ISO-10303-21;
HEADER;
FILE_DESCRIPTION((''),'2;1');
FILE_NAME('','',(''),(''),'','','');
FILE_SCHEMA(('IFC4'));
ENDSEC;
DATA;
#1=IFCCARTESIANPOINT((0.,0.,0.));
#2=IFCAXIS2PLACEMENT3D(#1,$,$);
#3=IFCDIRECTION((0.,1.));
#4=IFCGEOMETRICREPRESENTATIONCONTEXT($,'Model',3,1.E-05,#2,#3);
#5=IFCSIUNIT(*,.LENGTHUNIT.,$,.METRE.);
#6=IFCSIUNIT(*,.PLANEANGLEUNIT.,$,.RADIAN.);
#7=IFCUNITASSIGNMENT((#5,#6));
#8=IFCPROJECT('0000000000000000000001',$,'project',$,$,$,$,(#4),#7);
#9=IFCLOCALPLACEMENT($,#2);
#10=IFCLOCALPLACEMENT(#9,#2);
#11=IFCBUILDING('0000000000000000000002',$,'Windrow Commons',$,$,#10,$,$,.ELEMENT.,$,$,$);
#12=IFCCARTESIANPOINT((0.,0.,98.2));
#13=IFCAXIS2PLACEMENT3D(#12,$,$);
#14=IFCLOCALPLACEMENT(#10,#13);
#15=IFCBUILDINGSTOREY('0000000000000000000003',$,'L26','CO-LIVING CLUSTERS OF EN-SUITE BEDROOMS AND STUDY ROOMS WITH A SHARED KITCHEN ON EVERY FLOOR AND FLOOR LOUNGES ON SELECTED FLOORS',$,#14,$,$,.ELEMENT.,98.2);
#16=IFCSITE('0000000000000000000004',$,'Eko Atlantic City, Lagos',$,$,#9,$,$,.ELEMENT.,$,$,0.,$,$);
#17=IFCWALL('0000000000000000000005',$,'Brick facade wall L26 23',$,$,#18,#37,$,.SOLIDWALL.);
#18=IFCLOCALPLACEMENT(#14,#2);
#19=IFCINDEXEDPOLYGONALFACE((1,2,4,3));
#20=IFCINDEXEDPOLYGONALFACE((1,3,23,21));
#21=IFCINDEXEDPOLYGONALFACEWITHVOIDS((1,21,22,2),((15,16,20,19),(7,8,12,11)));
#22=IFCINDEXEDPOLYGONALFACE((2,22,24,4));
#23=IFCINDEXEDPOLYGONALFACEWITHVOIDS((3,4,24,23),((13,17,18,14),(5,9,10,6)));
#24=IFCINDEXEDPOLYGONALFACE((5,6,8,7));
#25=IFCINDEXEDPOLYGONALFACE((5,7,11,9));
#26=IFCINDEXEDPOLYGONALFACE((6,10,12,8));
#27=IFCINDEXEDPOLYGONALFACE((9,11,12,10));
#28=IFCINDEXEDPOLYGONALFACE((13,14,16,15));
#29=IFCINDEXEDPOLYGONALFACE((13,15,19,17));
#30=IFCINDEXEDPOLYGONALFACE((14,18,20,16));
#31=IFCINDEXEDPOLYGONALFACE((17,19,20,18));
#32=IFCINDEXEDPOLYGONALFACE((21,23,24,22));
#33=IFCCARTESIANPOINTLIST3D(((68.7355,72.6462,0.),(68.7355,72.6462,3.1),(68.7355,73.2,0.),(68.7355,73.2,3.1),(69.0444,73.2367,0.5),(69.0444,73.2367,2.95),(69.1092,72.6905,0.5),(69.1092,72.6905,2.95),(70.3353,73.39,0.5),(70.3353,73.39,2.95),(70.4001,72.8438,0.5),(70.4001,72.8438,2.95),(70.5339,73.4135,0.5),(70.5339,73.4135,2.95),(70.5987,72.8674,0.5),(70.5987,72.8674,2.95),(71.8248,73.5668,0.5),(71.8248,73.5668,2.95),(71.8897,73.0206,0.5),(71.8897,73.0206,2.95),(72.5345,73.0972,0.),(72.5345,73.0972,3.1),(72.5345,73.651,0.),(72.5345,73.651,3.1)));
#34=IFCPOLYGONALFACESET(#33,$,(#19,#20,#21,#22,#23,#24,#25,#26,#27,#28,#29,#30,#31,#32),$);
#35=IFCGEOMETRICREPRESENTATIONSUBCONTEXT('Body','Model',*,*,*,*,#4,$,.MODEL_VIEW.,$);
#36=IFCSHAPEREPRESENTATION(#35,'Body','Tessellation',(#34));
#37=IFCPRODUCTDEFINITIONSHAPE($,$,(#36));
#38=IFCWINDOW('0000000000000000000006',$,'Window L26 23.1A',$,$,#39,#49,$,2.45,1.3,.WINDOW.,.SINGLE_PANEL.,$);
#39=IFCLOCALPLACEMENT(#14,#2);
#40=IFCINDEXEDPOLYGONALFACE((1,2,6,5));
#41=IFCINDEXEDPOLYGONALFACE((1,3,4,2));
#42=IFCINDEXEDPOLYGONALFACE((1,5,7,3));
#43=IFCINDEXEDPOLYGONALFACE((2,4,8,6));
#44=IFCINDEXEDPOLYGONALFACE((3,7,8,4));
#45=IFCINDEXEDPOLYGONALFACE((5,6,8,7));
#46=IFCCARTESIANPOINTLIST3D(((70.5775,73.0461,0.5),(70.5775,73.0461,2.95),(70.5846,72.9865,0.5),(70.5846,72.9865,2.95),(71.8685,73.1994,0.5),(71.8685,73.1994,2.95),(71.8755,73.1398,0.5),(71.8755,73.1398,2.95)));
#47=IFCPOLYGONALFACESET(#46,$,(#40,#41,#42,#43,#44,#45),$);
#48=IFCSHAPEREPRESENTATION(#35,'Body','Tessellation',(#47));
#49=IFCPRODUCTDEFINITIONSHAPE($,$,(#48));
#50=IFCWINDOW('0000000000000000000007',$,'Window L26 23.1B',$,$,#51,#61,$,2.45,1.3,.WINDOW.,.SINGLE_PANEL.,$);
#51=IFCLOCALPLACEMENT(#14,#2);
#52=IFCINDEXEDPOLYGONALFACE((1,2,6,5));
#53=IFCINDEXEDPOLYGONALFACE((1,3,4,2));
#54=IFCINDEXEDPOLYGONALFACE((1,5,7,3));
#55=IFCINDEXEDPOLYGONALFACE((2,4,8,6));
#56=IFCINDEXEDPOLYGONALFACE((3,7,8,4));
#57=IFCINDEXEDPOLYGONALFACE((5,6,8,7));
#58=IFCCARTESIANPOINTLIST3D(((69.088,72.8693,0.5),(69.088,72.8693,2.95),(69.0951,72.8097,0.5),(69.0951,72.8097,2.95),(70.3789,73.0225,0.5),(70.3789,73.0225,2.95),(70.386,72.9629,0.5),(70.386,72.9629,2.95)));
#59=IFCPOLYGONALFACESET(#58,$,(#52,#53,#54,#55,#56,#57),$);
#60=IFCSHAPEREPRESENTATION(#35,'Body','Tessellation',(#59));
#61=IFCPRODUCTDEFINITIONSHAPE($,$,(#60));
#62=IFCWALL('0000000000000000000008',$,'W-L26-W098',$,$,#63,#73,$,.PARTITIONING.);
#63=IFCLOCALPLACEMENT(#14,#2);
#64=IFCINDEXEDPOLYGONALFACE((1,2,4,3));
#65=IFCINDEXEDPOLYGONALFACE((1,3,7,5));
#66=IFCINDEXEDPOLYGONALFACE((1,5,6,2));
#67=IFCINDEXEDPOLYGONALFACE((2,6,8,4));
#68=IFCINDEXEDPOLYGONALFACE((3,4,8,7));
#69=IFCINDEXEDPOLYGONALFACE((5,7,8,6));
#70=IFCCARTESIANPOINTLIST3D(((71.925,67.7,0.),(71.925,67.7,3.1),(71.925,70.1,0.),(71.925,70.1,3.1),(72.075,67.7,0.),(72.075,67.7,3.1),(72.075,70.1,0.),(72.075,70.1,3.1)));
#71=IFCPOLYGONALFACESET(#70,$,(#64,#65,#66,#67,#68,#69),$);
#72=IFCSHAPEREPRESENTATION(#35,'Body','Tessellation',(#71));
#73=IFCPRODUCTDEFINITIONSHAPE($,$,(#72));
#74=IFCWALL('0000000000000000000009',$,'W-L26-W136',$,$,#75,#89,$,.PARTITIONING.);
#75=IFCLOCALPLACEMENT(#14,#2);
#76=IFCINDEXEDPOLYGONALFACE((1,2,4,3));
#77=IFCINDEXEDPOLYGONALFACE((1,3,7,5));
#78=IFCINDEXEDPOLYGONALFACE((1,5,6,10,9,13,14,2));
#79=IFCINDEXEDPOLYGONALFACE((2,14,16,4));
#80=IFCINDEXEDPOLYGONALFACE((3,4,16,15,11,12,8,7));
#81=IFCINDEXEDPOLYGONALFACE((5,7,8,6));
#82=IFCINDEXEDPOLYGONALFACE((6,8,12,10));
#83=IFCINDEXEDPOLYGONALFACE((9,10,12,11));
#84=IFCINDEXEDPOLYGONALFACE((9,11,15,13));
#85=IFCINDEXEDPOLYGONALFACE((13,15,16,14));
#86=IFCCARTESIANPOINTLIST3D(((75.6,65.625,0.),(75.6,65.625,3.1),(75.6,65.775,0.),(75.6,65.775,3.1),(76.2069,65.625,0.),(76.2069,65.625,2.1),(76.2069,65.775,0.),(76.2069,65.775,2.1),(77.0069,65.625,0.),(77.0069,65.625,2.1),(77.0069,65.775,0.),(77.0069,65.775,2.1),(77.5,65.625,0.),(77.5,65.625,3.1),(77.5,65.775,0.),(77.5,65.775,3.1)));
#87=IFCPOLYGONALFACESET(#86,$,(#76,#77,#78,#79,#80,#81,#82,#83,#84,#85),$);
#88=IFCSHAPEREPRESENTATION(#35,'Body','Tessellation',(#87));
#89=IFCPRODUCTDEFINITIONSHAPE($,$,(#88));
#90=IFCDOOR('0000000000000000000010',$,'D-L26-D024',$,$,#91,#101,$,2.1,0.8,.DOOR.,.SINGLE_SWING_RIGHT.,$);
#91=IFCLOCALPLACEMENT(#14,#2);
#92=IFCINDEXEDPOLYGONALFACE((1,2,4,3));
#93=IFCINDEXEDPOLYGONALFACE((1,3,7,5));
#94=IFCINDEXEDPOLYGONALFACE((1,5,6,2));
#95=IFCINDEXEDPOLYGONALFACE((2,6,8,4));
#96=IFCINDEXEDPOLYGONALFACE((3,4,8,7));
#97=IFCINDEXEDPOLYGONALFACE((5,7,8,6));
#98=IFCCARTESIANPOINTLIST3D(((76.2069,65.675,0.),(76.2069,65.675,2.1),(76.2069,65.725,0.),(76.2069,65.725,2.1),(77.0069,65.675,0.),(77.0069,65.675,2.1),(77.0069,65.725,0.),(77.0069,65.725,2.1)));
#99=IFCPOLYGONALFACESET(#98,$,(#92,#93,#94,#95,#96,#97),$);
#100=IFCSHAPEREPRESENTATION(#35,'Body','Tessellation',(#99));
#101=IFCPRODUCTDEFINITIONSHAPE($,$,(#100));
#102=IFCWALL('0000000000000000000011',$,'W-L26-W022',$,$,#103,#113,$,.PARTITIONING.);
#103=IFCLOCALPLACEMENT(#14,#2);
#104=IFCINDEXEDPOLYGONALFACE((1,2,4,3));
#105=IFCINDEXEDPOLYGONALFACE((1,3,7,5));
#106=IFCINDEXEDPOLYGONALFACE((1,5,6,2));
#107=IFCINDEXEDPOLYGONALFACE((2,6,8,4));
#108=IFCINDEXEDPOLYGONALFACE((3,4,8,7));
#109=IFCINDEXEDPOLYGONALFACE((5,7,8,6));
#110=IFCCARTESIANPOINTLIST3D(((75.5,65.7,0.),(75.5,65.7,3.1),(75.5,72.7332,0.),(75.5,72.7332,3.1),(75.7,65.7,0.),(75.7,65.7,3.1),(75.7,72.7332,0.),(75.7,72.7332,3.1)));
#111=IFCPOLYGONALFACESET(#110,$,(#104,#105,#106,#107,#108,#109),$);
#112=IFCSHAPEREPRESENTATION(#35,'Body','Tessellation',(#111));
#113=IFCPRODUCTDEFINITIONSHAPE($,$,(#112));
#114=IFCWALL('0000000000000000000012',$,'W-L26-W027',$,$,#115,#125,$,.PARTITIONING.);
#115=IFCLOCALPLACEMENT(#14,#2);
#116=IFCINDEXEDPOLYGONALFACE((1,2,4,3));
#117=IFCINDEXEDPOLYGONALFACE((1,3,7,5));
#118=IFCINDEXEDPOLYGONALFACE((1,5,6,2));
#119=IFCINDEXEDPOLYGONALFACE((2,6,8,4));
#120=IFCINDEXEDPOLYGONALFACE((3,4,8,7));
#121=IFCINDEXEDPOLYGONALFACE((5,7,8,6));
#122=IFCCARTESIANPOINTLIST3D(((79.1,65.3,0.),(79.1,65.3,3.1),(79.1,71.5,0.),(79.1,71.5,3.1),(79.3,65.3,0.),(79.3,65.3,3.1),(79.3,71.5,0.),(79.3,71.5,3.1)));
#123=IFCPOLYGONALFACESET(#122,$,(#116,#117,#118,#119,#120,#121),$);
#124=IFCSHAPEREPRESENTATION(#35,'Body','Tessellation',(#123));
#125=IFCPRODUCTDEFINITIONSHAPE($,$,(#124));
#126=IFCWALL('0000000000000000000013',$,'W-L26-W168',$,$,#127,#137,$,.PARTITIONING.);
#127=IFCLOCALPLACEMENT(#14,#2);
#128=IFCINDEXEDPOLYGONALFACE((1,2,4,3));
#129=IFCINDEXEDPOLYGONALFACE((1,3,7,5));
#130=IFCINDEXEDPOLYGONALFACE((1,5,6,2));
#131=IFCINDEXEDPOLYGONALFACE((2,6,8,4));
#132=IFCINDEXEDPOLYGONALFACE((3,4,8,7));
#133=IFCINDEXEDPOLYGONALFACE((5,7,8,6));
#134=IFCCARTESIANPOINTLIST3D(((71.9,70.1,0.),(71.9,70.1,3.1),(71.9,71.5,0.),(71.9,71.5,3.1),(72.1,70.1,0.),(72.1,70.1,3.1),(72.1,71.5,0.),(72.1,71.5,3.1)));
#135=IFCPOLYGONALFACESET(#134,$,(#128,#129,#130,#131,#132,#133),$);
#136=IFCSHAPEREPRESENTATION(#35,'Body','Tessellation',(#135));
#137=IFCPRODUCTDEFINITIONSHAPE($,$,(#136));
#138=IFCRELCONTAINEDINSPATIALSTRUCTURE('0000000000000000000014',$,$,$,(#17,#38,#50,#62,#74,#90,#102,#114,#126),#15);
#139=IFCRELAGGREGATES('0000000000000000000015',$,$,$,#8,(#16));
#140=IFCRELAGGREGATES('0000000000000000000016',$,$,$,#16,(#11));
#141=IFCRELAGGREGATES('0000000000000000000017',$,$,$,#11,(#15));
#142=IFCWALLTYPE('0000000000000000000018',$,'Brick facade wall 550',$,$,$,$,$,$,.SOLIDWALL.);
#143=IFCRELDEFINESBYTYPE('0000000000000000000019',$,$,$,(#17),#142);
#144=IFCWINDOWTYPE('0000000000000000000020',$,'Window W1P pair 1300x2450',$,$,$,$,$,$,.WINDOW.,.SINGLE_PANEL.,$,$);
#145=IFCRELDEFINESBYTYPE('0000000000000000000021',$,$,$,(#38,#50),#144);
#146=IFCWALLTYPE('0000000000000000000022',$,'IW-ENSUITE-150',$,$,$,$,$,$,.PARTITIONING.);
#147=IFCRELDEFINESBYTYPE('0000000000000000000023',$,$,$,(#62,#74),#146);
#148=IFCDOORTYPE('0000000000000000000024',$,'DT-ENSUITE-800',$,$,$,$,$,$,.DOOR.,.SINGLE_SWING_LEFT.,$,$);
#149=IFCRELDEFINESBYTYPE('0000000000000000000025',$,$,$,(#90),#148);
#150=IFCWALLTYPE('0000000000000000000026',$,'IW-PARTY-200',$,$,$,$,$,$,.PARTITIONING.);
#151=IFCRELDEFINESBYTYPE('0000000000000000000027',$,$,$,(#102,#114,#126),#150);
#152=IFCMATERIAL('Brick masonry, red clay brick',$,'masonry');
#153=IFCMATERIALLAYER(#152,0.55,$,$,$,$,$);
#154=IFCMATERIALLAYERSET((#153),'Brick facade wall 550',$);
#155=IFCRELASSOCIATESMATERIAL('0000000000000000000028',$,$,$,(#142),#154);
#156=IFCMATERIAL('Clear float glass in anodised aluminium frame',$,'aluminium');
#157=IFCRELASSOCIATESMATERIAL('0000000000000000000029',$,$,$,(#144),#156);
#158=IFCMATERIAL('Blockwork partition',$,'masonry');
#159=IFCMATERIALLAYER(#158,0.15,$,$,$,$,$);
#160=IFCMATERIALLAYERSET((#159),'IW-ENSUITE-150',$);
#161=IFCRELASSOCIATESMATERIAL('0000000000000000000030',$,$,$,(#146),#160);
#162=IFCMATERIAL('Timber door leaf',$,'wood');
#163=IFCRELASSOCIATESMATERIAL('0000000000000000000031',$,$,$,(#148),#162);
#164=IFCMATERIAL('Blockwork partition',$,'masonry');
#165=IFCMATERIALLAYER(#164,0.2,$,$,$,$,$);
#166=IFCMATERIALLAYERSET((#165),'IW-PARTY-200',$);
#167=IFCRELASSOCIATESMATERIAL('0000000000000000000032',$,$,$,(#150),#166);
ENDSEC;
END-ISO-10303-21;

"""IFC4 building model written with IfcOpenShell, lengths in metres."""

from ifc_helpers import new_model, si_unit, direction, frame, frame_2d, origin, place, context, subcontext, project, spatial, polyline, rectangle, outline, extrude, material, layer, layer_set, type_object, element, fill, save


model = new_model("IFC4")

# Units and contexts
model_context = context("Model", 3, precision=1e-05, world=origin(), true_north=direction((0.0, 1.0)))
body_context = subcontext(model_context, "Body", "Model", "MODEL_VIEW")
ifc_project = project(units=[si_unit("LENGTHUNIT", "METRE"), si_unit("PLANEANGLEUNIT", "RADIAN")], contexts=[model_context])

# Site, building, storey
site_placement = place(None, origin())
site = spatial("IfcSite", under=ifc_project, at=site_placement, Name="Eko Atlantic City, Lagos", CompositionType="ELEMENT", RefElevation=0.0)
building_placement = place(site_placement, origin())
building = spatial("IfcBuilding", under=site, at=building_placement, Name="Windrow Commons", CompositionType="ELEMENT")
storey_placement = place(building_placement, frame((0.0, 0.0, 98.2)))
storey = spatial("IfcBuildingStorey", under=building, at=storey_placement, Name="L26", Description="CO-LIVING CLUSTERS OF EN-SUITE BEDROOMS AND STUDY ROOMS WITH A SHARED KITCHEN ON EVERY FLOOR AND FLOOR LOUNGES ON SELECTED FLOORS", CompositionType="ELEMENT", Elevation=98.2)

# Shared definitions
ifc_material_1 = material(Name="Brick masonry, red clay brick", Category="masonry")
ifc_layer_1 = layer(ifc_material_1, 0.55)
ifc_layer_set_1 = layer_set([ifc_layer_1], Name="Brick facade wall 550")
wall_type_1 = type_object("IfcWallType", Name="Brick facade wall 550", PredefinedType="SOLIDWALL", material=ifc_layer_set_1)

# Wall, openings, windows
wall_1_placement = place(storey_placement, frame((72.5345, 73.3741, 0.0), z_axis=(0.0, 0.0, 1.0), x_axis=(-0.993027, -0.117888, 0.0)))
wall_1 = element("IfcWall", 1, at=wall_1_placement, inside=storey, type_object=wall_type_1, Name="Brick facade wall L26 23", PredefinedType="SOLIDWALL", context=body_context, shape_type="SweptSolid", body=[
    extrude(outline(polyline([(-0.0326, -0.275), (3.793, -0.275), (3.8583, 0.275), (0.0326, 0.275), (-0.0326, -0.275)])), origin(), (0.0, 0.0, 1.0), 3.1),
])
opening_1_placement = place(wall_1_placement, frame((0.682, 0.0, 0.5)))
opening_1 = element("IfcOpeningElement", 2, at=opening_1_placement, cuts=wall_1, PredefinedType="OPENING", context=body_context, shape_type="SweptSolid", body=[
    extrude(rectangle(XDim=1.3, YDim=2.45, at=frame_2d((0.65, 1.225))), frame((0.0, 0.285, 0.0), z_axis=(0.0, -1.0, 0.0), x_axis=(1.0, 0.0, 0.0)), (0.0, 0.0, 1.0), 0.57),
])
opening_2_placement = place(wall_1_placement, frame((2.182, 0.0, 0.5)))
opening_2 = element("IfcOpeningElement", 3, at=opening_2_placement, cuts=wall_1, PredefinedType="OPENING", context=body_context, shape_type="SweptSolid", body=[
    extrude(rectangle(XDim=1.3, YDim=2.45, at=frame_2d((0.65, 1.225))), frame((0.0, 0.285, 0.0), z_axis=(0.0, -1.0, 0.0), x_axis=(1.0, 0.0, 0.0)), (0.0, 0.0, 1.0), 0.57),
])
ifc_material_2 = material(Name="Clear float glass in anodised aluminium frame", Category="aluminium")
window_type_1 = type_object("IfcWindowType", Name="Window W1P pair 1300x2450", PartitioningType="SINGLE_PANEL", PredefinedType="WINDOW", material=ifc_material_2)
window_1_placement = place(opening_1_placement, origin())
window_1 = element("IfcWindow", 4, at=window_1_placement, inside=storey, type_object=window_type_1, Name="Window L26 23.1A", OverallHeight=2.45, OverallWidth=1.3, PartitioningType="SINGLE_PANEL", PredefinedType="WINDOW", context=body_context, shape_type="SweptSolid", body=[
    extrude(rectangle(XDim=1.3, YDim=2.45, at=frame_2d((0.65, 1.225))), frame((0.0, 0.155, 0.0), z_axis=(0.0, -1.0, 0.0), x_axis=(1.0, 0.0, 0.0)), (0.0, 0.0, 1.0), 0.06),
])
fill(opening_1, window_1)
window_2_placement = place(opening_2_placement, origin())
window_2 = element("IfcWindow", 5, at=window_2_placement, inside=storey, type_object=window_type_1, Name="Window L26 23.1B", OverallHeight=2.45, OverallWidth=1.3, PartitioningType="SINGLE_PANEL", PredefinedType="WINDOW", context=body_context, shape_type="SweptSolid", body=[
    extrude(rectangle(XDim=1.3, YDim=2.45, at=frame_2d((0.65, 1.225))), frame((0.0, 0.155, 0.0), z_axis=(0.0, -1.0, 0.0), x_axis=(1.0, 0.0, 0.0)), (0.0, 0.0, 1.0), 0.06),
])
fill(opening_2, window_2)

# Wall
ifc_material_3 = material(Name="Blockwork partition", Category="masonry")
ifc_layer_2 = layer(ifc_material_3, 0.15)
ifc_layer_set_2 = layer_set([ifc_layer_2], Name="IW-ENSUITE-150")
wall_type_2 = type_object("IfcWallType", Name="IW-ENSUITE-150", PredefinedType="PARTITIONING", material=ifc_layer_set_2)
wall_2_placement = place(storey_placement, frame((72.0, 67.7, 0.0), z_axis=(0.0, 0.0, 1.0), x_axis=(0.0, 1.0, 0.0)))
element("IfcWall", 6, at=wall_2_placement, inside=storey, type_object=wall_type_2, Name="W-L26-W098", PredefinedType="PARTITIONING", context=body_context, shape_type="SweptSolid", body=[
    extrude(rectangle(XDim=2.4, YDim=0.15, at=frame_2d((1.2, 0.0))), origin(), (0.0, 0.0, 1.0), 3.1),
])

# Wall, opening, door
wall_3_placement = place(storey_placement, frame((75.6, 65.7, 0.0), z_axis=(0.0, 0.0, 1.0), x_axis=(1.0, 0.0, 0.0)))
wall_3 = element("IfcWall", 7, at=wall_3_placement, inside=storey, type_object=wall_type_2, Name="W-L26-W136", PredefinedType="PARTITIONING", context=body_context, shape_type="SweptSolid", body=[
    extrude(rectangle(XDim=1.9, YDim=0.15, at=frame_2d((0.95, 0.0))), origin(), (0.0, 0.0, 1.0), 3.1),
])
opening_3_placement = place(wall_3_placement, frame((0.6069, 0.0, 0.0)))
opening_3 = element("IfcOpeningElement", 8, at=opening_3_placement, cuts=wall_3, PredefinedType="OPENING", context=body_context, shape_type="SweptSolid", body=[
    extrude(rectangle(XDim=0.8, YDim=2.1, at=frame_2d((0.4, 1.05))), frame((0.0, 0.085, 0.0), z_axis=(0.0, -1.0, 0.0), x_axis=(1.0, 0.0, 0.0)), (0.0, 0.0, 1.0), 0.17),
])
ifc_material_4 = material(Name="Timber door leaf", Category="wood")
door_type = type_object("IfcDoorType", Name="DT-ENSUITE-800", OperationType="SINGLE_SWING_LEFT", PredefinedType="DOOR", material=ifc_material_4)
door_placement = place(opening_3_placement, origin())
door = element("IfcDoor", 9, at=door_placement, inside=storey, type_object=door_type, Name="D-L26-D024", OperationType="SINGLE_SWING_RIGHT", OverallHeight=2.1, OverallWidth=0.8, PredefinedType="DOOR", context=body_context, shape_type="SweptSolid", body=[
    extrude(rectangle(XDim=0.8, YDim=2.1, at=frame_2d((0.4, 1.05))), frame((0.0, 0.025, 0.0), z_axis=(0.0, -1.0, 0.0), x_axis=(1.0, 0.0, 0.0)), (0.0, 0.0, 1.0), 0.05),
])
fill(opening_3, door)

# Walls
ifc_material_5 = material(Name="Blockwork partition", Category="masonry")
ifc_layer_3 = layer(ifc_material_5, 0.2)
ifc_layer_set_3 = layer_set([ifc_layer_3], Name="IW-PARTY-200")
wall_type_3 = type_object("IfcWallType", Name="IW-PARTY-200", PredefinedType="PARTITIONING", material=ifc_layer_set_3)
wall_4_placement = place(storey_placement, frame((75.6, 65.7, 0.0), z_axis=(0.0, 0.0, 1.0), x_axis=(0.0, 1.0, 0.0)))
element("IfcWall", 10, at=wall_4_placement, inside=storey, type_object=wall_type_3, Name="W-L26-W022", PredefinedType="PARTITIONING", context=body_context, shape_type="SweptSolid", body=[
    extrude(rectangle(XDim=7.0332, YDim=0.2, at=frame_2d((3.5166, 0.0))), origin(), (0.0, 0.0, 1.0), 3.1),
])
wall_5_placement = place(storey_placement, frame((79.2, 65.3, 0.0), z_axis=(0.0, 0.0, 1.0), x_axis=(0.0, 1.0, 0.0)))
element("IfcWall", 11, at=wall_5_placement, inside=storey, type_object=wall_type_3, Name="W-L26-W027", PredefinedType="PARTITIONING", context=body_context, shape_type="SweptSolid", body=[
    extrude(rectangle(XDim=6.2, YDim=0.2, at=frame_2d((3.1, 0.0))), origin(), (0.0, 0.0, 1.0), 3.1),
])
wall_6_placement = place(storey_placement, frame((72.0, 70.1, 0.0), z_axis=(0.0, 0.0, 1.0), x_axis=(0.0, 1.0, 0.0)))
element("IfcWall", 12, at=wall_6_placement, inside=storey, type_object=wall_type_3, Name="W-L26-W168", PredefinedType="PARTITIONING", context=body_context, shape_type="SweptSolid", body=[
    extrude(rectangle(XDim=1.4, YDim=0.2, at=frame_2d((0.7, 0.0))), origin(), (0.0, 0.0, 1.0), 3.1),
])

save(model, "model.ifc")
